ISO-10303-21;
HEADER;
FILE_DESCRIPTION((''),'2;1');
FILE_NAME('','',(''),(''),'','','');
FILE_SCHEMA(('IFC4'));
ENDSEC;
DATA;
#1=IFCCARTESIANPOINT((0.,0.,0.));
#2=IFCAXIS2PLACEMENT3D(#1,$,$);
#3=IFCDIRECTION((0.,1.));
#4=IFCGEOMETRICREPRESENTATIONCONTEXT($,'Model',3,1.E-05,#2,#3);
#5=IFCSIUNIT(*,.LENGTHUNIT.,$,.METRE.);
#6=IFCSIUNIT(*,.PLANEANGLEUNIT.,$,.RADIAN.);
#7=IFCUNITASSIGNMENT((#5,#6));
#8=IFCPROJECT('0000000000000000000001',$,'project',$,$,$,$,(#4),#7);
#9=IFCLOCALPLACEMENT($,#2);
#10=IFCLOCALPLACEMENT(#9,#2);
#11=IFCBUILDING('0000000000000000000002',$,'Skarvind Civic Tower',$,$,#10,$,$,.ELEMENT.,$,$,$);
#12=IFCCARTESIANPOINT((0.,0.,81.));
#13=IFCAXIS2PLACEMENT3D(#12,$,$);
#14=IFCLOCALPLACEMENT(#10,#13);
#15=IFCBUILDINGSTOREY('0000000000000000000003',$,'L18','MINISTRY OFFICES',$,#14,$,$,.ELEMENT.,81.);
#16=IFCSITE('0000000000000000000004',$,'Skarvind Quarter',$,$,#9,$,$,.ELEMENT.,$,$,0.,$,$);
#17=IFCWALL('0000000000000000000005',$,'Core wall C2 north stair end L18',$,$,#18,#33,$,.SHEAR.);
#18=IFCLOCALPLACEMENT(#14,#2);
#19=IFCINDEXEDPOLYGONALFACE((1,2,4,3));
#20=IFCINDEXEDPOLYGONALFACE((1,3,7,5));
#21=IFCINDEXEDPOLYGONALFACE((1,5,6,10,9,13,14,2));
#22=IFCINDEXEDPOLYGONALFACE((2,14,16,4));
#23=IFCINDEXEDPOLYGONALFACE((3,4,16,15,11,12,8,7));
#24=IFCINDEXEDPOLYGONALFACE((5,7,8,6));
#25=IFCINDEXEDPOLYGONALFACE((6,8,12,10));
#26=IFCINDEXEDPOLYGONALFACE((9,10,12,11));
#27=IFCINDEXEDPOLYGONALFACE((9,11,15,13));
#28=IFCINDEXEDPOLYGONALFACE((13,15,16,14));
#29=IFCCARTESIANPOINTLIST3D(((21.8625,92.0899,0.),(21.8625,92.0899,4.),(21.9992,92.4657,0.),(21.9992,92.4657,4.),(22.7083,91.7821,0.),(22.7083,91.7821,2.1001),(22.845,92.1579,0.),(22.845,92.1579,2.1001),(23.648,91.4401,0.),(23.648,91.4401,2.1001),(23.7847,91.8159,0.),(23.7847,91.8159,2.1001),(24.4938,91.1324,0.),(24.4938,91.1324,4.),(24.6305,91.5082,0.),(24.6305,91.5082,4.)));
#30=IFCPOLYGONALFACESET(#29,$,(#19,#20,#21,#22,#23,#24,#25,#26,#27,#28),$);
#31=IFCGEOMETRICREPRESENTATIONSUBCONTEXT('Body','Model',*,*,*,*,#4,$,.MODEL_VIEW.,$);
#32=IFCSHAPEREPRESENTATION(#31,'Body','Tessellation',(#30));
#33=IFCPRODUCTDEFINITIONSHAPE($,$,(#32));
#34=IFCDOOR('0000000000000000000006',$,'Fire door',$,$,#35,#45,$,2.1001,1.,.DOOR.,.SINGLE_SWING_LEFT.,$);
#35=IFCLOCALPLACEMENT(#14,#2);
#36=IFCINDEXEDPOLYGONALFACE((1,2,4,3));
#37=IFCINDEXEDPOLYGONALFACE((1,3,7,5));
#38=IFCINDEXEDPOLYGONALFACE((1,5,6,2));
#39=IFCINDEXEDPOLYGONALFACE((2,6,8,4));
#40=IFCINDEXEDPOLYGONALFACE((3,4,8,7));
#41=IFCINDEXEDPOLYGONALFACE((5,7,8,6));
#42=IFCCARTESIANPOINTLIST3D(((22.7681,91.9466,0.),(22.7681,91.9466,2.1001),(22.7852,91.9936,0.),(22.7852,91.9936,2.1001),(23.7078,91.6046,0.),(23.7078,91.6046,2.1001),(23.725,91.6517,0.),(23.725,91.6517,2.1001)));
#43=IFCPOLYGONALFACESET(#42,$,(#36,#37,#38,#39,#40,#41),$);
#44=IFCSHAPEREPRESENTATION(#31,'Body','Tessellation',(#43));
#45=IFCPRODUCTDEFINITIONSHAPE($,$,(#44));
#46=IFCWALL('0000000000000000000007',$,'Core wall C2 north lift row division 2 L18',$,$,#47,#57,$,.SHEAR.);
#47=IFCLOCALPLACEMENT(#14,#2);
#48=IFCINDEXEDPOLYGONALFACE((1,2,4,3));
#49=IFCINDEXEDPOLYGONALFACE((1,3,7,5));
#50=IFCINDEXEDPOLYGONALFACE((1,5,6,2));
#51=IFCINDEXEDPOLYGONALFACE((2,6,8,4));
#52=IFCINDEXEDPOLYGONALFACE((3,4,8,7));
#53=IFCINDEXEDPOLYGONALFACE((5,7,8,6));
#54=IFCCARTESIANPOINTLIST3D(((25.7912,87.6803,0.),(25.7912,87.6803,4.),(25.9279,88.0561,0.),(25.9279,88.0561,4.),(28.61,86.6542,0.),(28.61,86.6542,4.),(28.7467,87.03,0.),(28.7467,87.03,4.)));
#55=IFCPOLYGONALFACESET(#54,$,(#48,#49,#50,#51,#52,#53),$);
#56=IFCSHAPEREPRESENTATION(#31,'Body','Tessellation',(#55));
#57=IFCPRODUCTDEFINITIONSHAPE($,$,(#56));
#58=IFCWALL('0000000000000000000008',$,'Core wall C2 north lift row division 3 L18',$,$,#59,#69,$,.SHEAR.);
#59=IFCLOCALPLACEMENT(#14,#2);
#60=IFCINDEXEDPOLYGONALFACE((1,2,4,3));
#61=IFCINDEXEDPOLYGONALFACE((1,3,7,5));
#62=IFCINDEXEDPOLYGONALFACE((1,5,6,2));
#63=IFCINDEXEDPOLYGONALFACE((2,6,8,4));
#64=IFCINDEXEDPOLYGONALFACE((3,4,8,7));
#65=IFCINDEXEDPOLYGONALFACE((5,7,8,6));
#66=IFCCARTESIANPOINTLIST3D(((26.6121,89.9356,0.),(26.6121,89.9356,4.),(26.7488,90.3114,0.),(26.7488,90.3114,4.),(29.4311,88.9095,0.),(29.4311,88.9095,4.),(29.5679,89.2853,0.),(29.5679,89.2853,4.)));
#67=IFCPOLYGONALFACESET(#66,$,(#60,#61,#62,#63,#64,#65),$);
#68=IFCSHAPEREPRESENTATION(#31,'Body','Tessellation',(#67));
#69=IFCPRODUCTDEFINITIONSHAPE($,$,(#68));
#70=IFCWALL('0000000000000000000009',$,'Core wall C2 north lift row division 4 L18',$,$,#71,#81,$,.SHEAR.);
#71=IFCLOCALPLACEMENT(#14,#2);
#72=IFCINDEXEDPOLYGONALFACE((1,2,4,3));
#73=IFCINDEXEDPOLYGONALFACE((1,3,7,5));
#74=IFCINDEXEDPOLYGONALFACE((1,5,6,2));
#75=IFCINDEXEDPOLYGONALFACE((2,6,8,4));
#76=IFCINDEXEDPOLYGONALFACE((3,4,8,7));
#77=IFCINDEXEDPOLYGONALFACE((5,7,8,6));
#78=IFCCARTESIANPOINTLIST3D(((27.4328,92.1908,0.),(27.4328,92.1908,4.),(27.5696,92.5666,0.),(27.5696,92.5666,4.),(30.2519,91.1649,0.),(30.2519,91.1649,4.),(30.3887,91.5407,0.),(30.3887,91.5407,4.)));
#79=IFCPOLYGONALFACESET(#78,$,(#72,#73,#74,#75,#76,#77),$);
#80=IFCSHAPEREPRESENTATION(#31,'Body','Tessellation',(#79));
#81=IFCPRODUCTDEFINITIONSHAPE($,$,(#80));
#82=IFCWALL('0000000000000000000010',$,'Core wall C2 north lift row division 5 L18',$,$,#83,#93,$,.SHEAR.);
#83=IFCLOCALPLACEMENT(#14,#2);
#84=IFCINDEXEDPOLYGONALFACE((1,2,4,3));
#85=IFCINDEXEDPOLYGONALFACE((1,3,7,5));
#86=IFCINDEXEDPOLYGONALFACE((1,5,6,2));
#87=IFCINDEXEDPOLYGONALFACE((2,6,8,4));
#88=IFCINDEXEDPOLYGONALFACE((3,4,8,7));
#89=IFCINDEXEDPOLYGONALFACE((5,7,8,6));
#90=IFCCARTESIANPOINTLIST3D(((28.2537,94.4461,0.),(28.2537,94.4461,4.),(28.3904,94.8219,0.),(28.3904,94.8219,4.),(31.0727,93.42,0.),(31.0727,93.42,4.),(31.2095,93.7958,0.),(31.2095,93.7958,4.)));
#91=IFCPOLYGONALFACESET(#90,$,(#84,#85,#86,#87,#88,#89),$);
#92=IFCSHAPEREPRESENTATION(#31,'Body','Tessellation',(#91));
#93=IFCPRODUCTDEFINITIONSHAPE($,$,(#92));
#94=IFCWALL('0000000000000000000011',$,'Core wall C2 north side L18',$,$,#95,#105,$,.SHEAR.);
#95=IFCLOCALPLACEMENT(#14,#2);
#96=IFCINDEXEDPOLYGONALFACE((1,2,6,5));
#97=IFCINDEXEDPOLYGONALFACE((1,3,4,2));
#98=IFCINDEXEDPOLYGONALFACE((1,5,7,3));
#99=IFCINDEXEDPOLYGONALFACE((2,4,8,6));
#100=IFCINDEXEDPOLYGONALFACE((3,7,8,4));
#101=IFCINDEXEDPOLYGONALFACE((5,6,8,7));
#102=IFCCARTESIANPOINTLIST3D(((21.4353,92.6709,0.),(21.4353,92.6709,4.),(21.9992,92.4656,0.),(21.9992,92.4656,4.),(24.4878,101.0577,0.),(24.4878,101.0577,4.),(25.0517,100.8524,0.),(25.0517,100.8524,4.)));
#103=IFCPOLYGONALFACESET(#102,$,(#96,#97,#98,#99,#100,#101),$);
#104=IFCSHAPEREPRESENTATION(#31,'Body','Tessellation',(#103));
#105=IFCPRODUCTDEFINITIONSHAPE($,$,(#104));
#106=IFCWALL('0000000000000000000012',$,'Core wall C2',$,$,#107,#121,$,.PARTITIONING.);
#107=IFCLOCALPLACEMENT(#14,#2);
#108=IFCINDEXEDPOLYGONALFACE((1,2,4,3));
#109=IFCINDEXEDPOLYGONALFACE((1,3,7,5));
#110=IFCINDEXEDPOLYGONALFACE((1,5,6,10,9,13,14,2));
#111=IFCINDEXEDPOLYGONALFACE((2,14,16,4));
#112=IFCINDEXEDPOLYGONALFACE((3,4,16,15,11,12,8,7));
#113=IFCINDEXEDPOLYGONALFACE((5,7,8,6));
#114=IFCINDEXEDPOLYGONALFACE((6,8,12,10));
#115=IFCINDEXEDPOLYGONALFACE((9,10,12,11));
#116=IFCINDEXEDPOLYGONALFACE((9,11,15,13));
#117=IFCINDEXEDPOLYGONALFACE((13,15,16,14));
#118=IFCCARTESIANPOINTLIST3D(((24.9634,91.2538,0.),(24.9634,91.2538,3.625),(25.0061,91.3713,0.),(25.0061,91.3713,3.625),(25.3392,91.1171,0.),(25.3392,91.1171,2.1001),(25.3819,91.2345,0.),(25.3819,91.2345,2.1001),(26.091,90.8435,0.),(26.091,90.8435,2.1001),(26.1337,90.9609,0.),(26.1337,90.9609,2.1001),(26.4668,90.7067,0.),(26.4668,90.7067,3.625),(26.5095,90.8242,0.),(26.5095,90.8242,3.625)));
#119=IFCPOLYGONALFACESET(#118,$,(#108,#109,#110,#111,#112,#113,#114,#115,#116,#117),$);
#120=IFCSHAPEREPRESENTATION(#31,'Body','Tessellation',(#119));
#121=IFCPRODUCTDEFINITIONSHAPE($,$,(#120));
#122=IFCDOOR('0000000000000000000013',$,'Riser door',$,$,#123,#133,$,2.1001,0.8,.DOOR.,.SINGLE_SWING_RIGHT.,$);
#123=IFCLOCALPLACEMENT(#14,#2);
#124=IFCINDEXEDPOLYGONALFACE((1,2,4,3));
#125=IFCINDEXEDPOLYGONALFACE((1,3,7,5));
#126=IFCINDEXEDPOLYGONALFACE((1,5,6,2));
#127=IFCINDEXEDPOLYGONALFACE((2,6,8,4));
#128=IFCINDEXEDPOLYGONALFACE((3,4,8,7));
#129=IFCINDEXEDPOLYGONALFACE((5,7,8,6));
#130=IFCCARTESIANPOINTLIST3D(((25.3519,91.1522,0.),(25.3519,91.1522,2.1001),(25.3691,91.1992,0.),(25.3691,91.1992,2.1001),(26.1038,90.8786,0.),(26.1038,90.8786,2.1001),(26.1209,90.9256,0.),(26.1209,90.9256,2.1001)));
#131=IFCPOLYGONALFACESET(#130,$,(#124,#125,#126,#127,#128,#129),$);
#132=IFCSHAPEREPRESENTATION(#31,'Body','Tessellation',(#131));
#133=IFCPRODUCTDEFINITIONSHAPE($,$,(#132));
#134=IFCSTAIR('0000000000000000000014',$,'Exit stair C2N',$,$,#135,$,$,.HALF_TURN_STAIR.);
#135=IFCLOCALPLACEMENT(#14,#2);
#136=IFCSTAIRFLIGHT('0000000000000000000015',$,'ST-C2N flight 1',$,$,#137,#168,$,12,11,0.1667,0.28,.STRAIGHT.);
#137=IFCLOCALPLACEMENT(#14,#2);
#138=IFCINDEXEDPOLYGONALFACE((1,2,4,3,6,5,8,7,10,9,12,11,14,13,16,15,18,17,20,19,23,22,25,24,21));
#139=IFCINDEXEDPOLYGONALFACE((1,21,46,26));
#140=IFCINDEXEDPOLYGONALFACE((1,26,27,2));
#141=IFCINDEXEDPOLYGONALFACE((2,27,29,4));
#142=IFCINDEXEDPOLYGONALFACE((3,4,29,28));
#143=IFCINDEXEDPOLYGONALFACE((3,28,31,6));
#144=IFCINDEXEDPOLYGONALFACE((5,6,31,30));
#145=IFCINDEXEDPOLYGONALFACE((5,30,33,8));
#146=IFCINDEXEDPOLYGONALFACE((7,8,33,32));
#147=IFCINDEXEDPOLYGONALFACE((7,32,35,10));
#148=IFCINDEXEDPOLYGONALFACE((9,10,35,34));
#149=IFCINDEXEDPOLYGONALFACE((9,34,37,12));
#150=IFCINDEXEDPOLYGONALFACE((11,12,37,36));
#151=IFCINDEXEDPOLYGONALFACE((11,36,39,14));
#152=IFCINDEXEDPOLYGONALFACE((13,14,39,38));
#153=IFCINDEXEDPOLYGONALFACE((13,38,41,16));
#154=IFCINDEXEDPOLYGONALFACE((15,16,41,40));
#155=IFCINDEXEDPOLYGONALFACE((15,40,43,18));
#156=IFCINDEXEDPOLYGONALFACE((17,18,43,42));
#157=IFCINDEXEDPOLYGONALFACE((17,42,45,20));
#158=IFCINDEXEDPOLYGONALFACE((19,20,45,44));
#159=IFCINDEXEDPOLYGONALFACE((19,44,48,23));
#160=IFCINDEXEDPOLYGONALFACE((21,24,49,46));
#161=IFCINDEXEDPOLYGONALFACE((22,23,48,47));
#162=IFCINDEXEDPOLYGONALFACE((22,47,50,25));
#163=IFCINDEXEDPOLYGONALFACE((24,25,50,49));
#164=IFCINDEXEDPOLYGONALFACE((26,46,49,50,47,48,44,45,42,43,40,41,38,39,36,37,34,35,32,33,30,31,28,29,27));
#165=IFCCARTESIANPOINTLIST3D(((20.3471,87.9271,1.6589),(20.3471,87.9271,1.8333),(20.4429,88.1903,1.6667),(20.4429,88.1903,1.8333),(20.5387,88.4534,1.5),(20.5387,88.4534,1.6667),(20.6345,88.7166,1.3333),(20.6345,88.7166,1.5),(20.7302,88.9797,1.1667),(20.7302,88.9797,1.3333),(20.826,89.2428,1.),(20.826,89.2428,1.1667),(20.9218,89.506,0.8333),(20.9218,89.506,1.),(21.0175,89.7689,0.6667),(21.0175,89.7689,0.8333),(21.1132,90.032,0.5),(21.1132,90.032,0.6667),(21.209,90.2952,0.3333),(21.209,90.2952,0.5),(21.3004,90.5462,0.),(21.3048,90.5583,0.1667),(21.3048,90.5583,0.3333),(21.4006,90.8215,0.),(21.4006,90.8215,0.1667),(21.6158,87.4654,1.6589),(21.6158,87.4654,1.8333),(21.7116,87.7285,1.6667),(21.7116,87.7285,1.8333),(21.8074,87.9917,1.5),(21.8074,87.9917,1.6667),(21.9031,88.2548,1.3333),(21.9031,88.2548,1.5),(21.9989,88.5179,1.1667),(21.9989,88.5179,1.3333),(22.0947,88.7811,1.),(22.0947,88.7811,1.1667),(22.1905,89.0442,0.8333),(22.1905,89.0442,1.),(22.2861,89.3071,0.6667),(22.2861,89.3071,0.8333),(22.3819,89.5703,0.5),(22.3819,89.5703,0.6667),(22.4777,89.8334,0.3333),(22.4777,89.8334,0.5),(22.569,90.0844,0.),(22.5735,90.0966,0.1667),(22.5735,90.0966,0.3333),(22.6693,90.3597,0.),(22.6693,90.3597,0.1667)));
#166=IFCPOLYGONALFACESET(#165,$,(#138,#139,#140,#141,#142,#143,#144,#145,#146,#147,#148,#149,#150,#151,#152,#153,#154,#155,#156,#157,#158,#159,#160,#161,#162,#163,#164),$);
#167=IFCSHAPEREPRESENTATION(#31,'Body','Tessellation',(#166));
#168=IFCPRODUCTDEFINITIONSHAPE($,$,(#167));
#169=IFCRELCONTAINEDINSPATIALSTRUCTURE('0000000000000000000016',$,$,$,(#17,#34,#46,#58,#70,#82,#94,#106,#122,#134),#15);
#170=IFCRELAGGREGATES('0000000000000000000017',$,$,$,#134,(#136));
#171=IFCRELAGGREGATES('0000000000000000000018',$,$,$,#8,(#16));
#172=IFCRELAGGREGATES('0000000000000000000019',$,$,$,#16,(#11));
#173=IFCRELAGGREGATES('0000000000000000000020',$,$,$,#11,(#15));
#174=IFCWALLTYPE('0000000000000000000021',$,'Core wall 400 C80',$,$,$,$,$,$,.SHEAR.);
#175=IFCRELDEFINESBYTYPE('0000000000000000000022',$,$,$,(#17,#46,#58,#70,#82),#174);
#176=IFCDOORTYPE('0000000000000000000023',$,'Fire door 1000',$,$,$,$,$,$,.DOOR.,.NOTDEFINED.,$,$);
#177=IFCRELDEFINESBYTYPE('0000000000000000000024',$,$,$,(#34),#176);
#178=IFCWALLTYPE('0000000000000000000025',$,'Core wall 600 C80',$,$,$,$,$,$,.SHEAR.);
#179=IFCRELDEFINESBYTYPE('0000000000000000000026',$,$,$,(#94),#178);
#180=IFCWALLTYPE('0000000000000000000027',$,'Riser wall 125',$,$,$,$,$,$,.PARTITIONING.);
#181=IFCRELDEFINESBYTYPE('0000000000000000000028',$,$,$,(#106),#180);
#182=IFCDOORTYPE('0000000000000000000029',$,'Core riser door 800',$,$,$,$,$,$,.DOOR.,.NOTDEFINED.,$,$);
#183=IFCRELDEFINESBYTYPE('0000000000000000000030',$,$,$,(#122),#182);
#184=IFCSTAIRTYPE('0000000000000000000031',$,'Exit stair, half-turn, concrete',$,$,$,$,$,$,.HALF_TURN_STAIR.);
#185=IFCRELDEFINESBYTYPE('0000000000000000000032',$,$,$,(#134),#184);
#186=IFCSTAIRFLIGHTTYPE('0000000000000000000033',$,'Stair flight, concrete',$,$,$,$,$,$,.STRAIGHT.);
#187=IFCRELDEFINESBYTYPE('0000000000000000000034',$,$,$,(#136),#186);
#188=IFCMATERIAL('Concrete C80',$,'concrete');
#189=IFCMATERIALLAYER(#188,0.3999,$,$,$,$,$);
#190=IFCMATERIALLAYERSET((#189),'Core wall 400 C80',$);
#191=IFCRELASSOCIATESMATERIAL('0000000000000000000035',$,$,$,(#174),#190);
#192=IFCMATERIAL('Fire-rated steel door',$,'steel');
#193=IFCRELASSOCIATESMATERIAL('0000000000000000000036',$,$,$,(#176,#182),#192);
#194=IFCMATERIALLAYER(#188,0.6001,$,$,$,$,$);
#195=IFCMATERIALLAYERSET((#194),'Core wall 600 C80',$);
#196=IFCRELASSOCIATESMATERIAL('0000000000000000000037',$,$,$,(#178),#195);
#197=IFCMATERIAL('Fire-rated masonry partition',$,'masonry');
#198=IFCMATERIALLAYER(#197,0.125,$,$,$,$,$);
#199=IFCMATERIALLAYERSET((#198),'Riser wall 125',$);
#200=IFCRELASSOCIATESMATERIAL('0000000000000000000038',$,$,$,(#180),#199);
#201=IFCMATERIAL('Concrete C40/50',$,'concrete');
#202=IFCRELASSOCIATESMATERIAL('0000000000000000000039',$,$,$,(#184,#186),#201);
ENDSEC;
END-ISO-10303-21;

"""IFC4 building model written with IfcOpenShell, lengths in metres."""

from ifc_helpers import new_model, si_unit, direction, frame, frame_2d, origin, place, context, subcontext, project, spatial, polyline, rectangle, outline, extrude, material, layer, layer_set, type_object, element, fill, aggregate, save


model = new_model("IFC4")

# Units and contexts
model_context = context("Model", 3, precision=1e-05, world=origin(), true_north=direction((0.0, 1.0)))
body_context = subcontext(model_context, "Body", "Model", "MODEL_VIEW")
ifc_project = project(units=[si_unit("LENGTHUNIT", "METRE"), si_unit("PLANEANGLEUNIT", "RADIAN")], contexts=[model_context])

# Site, building, storey
site_placement = place(None, origin())
site = spatial("IfcSite", under=ifc_project, at=site_placement, Name="Skarvind Quarter", CompositionType="ELEMENT", RefElevation=0.0)
building_placement = place(site_placement, origin())
building = spatial("IfcBuilding", under=site, at=building_placement, Name="Skarvind Civic Tower", CompositionType="ELEMENT")
storey_placement = place(building_placement, frame((0.0, 0.0, 81.0)))
storey = spatial("IfcBuildingStorey", under=building, at=storey_placement, Name="L18", Description="MINISTRY OFFICES", CompositionType="ELEMENT", Elevation=81.0)

# Wall, opening, door
ifc_material_1 = material(Name="Concrete C80", Category="concrete")
ifc_layer_1 = layer(ifc_material_1, 0.3999)
ifc_layer_set_1 = layer_set([ifc_layer_1], Name="Core wall 400 C80")
wall_type_1 = type_object("IfcWallType", Name="Core wall 400 C80", PredefinedType="SHEAR", material=ifc_layer_set_1)
wall_1_placement = place(storey_placement, frame((24.562, 91.3203, 0.0), z_axis=(0.0, 0.0, 1.0), x_axis=(-0.939717, 0.341953, 0.0)))
wall_1 = element("IfcWall", 1, at=wall_1_placement, inside=storey, type_object=wall_type_1, Name="Core wall C2 north stair end L18", PredefinedType="SHEAR", context=body_context, shape_type="SweptSolid", body=[
    extrude(rectangle(XDim=2.8, YDim=0.3999, at=frame_2d((1.3999, 0.0))), origin(), (0.0, 0.0, 1.0), 4.0),
])
opening_1_placement = place(wall_1_placement, frame((0.8999, 0.0, 0.0)))
opening_1 = element("IfcOpeningElement", 2, at=opening_1_placement, cuts=wall_1, PredefinedType="OPENING", context=body_context, shape_type="SweptSolid", body=[
    extrude(rectangle(XDim=1.0, YDim=2.1001, at=frame_2d((0.5, 1.05))), frame((0.0, 0.21, 0.0), z_axis=(0.0, -1.0, 0.0), x_axis=(1.0, 0.0, 0.0)), (0.0, 0.0, 1.0), 0.4199),
])
ifc_material_2 = material(Name="Fire-rated steel door", Category="steel")
door_type_1 = type_object("IfcDoorType", Name="Fire door 1000", OperationType="NOTDEFINED", PredefinedType="DOOR", material=ifc_material_2)
door_1_placement = place(opening_1_placement, origin())
door_1 = element("IfcDoor", 3, at=door_1_placement, inside=storey, type_object=door_type_1, Name="Fire door", OperationType="SINGLE_SWING_LEFT", OverallHeight=2.1001, OverallWidth=1.0, PredefinedType="DOOR", context=body_context, shape_type="SweptSolid", body=[
    extrude(rectangle(XDim=1.0, YDim=2.1001, at=frame_2d((0.5, 1.05))), frame((0.0, 0.0249, 0.0), z_axis=(0.0, -1.0, 0.0), x_axis=(1.0, 0.0, 0.0)), (0.0, 0.0, 1.0), 0.05),
])
fill(opening_1, door_1)

# Walls
wall_2_placement = place(storey_placement, frame((28.6785, 86.842, 0.0), z_axis=(0.0, 0.0, 1.0), x_axis=(-0.939677, 0.342063, 0.0)))
element("IfcWall", 4, at=wall_2_placement, inside=storey, type_object=wall_type_1, Name="Core wall C2 north lift row division 2 L18", PredefinedType="SHEAR", context=body_context, shape_type="SweptSolid", body=[
    extrude(rectangle(XDim=2.9998, YDim=0.3999, at=frame_2d((1.5, 0.0))), origin(), (0.0, 0.0, 1.0), 4.0),
])
for number, where, z_axis, x_axis, name in (
    (5, (29.4995, 89.0974, 0.0), (0.0, 0.0, 1.0), (-0.939686, 0.342037, 0.0), "Core wall C2 north lift row division 3 L18"),
    (6, (30.3203, 91.3528, 0.0), (0.0, 0.0, 1.0), (-0.939713, 0.341965, 0.0), "Core wall C2 north lift row division 4 L18"),
    (7, (31.1411, 93.6079, 0.0), (0.0, 0.0, 1.0), (-0.939686, 0.342037, 0.0), "Core wall C2 north lift row division 5 L18"),
):
    element("IfcWall", number, at=place(storey_placement, frame(where, z_axis=z_axis, x_axis=x_axis)), inside=storey, type_object=wall_type_1, Name=name, PredefinedType="SHEAR", context=body_context, shape_type="SweptSolid", body=[
        extrude(rectangle(XDim=3.0, YDim=0.3999, at=frame_2d((1.5, 0.0))), origin(), (0.0, 0.0, 1.0), 4.0),
    ])
ifc_layer_2 = layer(ifc_material_1, 0.6001)
ifc_layer_set_2 = layer_set([ifc_layer_2], Name="Core wall 600 C80")
wall_type_2 = type_object("IfcWallType", Name="Core wall 600 C80", PredefinedType="SHEAR", material=ifc_layer_set_2)
wall_3_placement = place(storey_placement, frame((21.7173, 92.5684, 0.0), z_axis=(0.0, 0.0, 1.0), x_axis=(0.342018, 0.939694, 0.0)))
element("IfcWall", 8, at=wall_3_placement, inside=storey, type_object=wall_type_2, Name="Core wall C2 north side L18", PredefinedType="SHEAR", context=body_context, shape_type="SweptSolid", body=[
    extrude(rectangle(XDim=8.925, YDim=0.6001, at=frame_2d((4.4624, 0.0))), origin(), (0.0, 0.0, 1.0), 4.0),
])

# Wall, opening, door
ifc_material_3 = material(Name="Fire-rated masonry partition", Category="masonry")
ifc_layer_3 = layer(ifc_material_3, 0.125)
ifc_layer_set_3 = layer_set([ifc_layer_3], Name="Riser wall 125")
wall_type_3 = type_object("IfcWallType", Name="Riser wall 125", PredefinedType="PARTITIONING", material=ifc_layer_set_3)
wall_4_placement = place(storey_placement, frame((24.9849, 91.3125, 0.0), z_axis=(0.0, 0.0, 1.0), x_axis=(0.939709, -0.341976, 0.0)))
wall_4 = element("IfcWall", 9, at=wall_4_placement, inside=storey, type_object=wall_type_3, Name="Core wall C2", PredefinedType="PARTITIONING", context=body_context, shape_type="SweptSolid", body=[
    extrude(rectangle(XDim=1.5999, YDim=0.125, at=frame_2d((0.7998, 0.0))), origin(), (0.0, 0.0, 1.0), 3.625),
])
opening_2_placement = place(wall_4_placement, frame((0.3999, 0.0, 0.0)))
opening_2 = element("IfcOpeningElement", 10, at=opening_2_placement, cuts=wall_4, PredefinedType="OPENING", context=body_context, shape_type="SweptSolid", body=[
    extrude(rectangle(XDim=0.8, YDim=2.1001, at=frame_2d((0.3999, 1.05))), frame((0.0, 0.0725, 0.0), z_axis=(0.0, -1.0, 0.0), x_axis=(1.0, 0.0, 0.0)), (0.0, 0.0, 1.0), 0.145),
])
door_type_2 = type_object("IfcDoorType", Name="Core riser door 800", OperationType="NOTDEFINED", PredefinedType="DOOR", material=ifc_material_2)
door_2_placement = place(opening_2_placement, origin())
door_2 = element("IfcDoor", 11, at=door_2_placement, inside=storey, type_object=door_type_2, Name="Riser door", OperationType="SINGLE_SWING_RIGHT", OverallHeight=2.1001, OverallWidth=0.8, PredefinedType="DOOR", context=body_context, shape_type="SweptSolid", body=[
    extrude(rectangle(XDim=0.8, YDim=2.1001, at=frame_2d((0.3999, 1.05))), frame((0.0, 0.0249, 0.0), z_axis=(0.0, -1.0, 0.0), x_axis=(1.0, 0.0, 0.0)), (0.0, 0.0, 1.0), 0.05),
])
fill(opening_2, door_2)

# Stair, stair flight
ifc_material_4 = material(Name="Concrete C40/50", Category="concrete")
stair_type = type_object("IfcStairType", Name="Exit stair, half-turn, concrete", PredefinedType="HALF_TURN_STAIR", material=ifc_material_4)
stair_placement = place(storey_placement, origin())
stair = element("IfcStair", 12, at=stair_placement, inside=storey, type_object=stair_type, Name="Exit stair C2N", PredefinedType="HALF_TURN_STAIR")
stair_flight_type = type_object("IfcStairFlightType", Name="Stair flight, concrete", PredefinedType="STRAIGHT", material=ifc_material_4)
stair_flight_1_placement = place(storey_placement, frame((22.0349, 90.5906, 0.0), z_axis=(0.0, 0.0, 1.0), x_axis=(-0.34202, -0.939693, 0.0)))
stair_flight_1 = element("IfcStairFlight", 13, at=stair_flight_1_placement, type_object=stair_flight_type, Name="ST-C2N flight 1", NumberOfRisers=12, NumberOfTreads=11, PredefinedType="STRAIGHT", RiserHeight=0.1667, TreadLength=0.28, context=body_context, shape_type="SweptSolid", body=[
    extrude(outline(polyline([(0.0, 0.0), (0.0, 0.1667), (0.28, 0.1667), (0.28, 0.3333), (0.5601, 0.3333), (0.5601, 0.5), (0.8401, 0.5), (0.8401, 0.6667), (1.1201, 0.6667), (1.1201, 0.8333), (1.3999, 0.8333), (1.3999, 1.0), (1.6799, 1.0), (1.6799, 1.1667), (1.96, 1.1667), (1.96, 1.3333), (2.24, 1.3333), (2.24, 1.5), (2.52, 1.5), (2.52, 1.6667), (2.8, 1.6667), (2.8, 1.8333), (3.0801, 1.8333), (3.0801, 2.0), (3.0801, 1.6589), (0.293, 0.0), (0.0, 0.0)])), frame((0.0, 0.675, 0.0), z_axis=(0.0, -1.0, 0.0), x_axis=(1.0, 0.0, 0.0)), (0.0, 0.0, 1.0), 1.3501),
])
aggregate(stair, [stair_flight_1])

save(model, "model.ifc")
